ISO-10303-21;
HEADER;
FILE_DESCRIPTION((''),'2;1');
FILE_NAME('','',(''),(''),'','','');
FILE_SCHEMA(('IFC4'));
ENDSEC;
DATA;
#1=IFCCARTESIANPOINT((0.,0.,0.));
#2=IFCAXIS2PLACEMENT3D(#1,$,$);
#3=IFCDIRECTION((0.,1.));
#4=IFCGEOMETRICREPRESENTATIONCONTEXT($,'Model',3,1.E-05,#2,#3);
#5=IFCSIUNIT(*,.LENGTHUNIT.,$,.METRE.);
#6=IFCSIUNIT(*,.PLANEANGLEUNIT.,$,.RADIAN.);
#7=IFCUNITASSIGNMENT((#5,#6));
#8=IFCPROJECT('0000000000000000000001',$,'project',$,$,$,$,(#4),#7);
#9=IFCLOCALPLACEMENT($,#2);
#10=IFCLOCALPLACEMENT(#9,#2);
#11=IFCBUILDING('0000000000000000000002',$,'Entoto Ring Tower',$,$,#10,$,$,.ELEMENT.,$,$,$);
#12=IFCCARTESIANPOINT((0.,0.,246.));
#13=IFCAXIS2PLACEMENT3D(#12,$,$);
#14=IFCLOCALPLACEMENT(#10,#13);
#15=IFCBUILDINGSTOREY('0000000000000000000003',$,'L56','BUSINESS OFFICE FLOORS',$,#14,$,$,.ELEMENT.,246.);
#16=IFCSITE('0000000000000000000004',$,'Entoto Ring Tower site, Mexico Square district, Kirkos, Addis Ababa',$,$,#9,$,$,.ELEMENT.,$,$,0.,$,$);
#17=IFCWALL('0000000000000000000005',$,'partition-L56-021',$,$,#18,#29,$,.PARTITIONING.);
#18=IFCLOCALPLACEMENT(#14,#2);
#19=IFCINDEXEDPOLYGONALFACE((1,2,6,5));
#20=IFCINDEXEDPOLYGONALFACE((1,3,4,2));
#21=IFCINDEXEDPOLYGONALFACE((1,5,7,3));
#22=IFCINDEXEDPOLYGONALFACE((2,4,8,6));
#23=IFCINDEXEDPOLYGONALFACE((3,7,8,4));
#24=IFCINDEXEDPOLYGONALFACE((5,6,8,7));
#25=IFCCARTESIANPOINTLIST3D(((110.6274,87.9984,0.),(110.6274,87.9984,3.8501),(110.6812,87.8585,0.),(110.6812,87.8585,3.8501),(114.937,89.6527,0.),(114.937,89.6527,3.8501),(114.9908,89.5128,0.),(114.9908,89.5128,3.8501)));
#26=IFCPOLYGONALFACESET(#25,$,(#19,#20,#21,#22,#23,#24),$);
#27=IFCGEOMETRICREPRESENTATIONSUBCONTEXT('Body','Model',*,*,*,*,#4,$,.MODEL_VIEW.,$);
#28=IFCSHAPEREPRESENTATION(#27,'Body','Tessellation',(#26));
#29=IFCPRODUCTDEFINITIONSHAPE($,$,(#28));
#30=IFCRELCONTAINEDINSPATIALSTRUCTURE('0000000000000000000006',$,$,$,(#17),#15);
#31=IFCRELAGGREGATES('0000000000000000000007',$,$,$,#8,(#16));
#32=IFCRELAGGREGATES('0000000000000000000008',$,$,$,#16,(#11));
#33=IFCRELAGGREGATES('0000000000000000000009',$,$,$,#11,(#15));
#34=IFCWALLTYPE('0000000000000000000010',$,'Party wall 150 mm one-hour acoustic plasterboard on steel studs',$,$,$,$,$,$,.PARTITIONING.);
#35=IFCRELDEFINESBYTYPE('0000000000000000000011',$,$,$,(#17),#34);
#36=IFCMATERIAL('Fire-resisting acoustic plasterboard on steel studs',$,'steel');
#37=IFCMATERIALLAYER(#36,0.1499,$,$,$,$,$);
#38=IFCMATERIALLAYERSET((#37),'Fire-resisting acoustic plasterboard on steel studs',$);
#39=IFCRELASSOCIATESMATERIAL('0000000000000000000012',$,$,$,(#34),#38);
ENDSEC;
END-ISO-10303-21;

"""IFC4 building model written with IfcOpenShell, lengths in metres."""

from ifc_helpers import new_model, si_unit, direction, frame, frame_2d, origin, place, context, subcontext, project, spatial, rectangle, extrude, material, layer, layer_set, type_object, element, save


model = new_model("IFC4")

# Units and contexts
model_context = context("Model", 3, precision=1e-05, world=origin(), true_north=direction((0.0, 1.0)))
body_context = subcontext(model_context, "Body", "Model", "MODEL_VIEW")
ifc_project = project(units=[si_unit("LENGTHUNIT", "METRE"), si_unit("PLANEANGLEUNIT", "RADIAN")], contexts=[model_context])

# Site, building, storey
site_placement = place(None, origin())
site = spatial("IfcSite", under=ifc_project, at=site_placement, Name="Entoto Ring Tower site, Mexico Square district, Kirkos, Addis Ababa", CompositionType="ELEMENT", RefElevation=0.0)
building_placement = place(site_placement, origin())
building = spatial("IfcBuilding", under=site, at=building_placement, Name="Entoto Ring Tower", CompositionType="ELEMENT")
storey_placement = place(building_placement, frame((0.0, 0.0, 246.0)))
storey = spatial("IfcBuildingStorey", under=building, at=storey_placement, Name="L56", Description="BUSINESS OFFICE FLOORS", CompositionType="ELEMENT", Elevation=246.0)

# Wall
ifc_material_1 = material(Name="Fire-resisting acoustic plasterboard on steel studs", Category="steel")
ifc_layer_1 = layer(ifc_material_1, 0.1499)
ifc_layer_set_1 = layer_set([ifc_layer_1], Name="Fire-resisting acoustic plasterboard on steel studs")
wall_type_1 = type_object("IfcWallType", Name="Party wall 150 mm one-hour acoustic plasterboard on steel studs", PredefinedType="PARTITIONING", material=ifc_layer_set_1)
wall_1_placement = place(storey_placement, frame((110.6543, 87.9285, 0.0), z_axis=(0.0, 0.0, 1.0), x_axis=(0.93358, 0.358369, 0.0)))
element("IfcWall", 1, at=wall_1_placement, inside=storey, type_object=wall_type_1, Name="partition-L56-021", PredefinedType="PARTITIONING", context=body_context, shape_type="SweptSolid", body=[
    extrude(rectangle(XDim=4.6162, YDim=0.1499, at=frame_2d((2.3081, 0.0))), origin(), (0.0, 0.0, 1.0), 3.8501),
])

save(model, "model.ifc")
